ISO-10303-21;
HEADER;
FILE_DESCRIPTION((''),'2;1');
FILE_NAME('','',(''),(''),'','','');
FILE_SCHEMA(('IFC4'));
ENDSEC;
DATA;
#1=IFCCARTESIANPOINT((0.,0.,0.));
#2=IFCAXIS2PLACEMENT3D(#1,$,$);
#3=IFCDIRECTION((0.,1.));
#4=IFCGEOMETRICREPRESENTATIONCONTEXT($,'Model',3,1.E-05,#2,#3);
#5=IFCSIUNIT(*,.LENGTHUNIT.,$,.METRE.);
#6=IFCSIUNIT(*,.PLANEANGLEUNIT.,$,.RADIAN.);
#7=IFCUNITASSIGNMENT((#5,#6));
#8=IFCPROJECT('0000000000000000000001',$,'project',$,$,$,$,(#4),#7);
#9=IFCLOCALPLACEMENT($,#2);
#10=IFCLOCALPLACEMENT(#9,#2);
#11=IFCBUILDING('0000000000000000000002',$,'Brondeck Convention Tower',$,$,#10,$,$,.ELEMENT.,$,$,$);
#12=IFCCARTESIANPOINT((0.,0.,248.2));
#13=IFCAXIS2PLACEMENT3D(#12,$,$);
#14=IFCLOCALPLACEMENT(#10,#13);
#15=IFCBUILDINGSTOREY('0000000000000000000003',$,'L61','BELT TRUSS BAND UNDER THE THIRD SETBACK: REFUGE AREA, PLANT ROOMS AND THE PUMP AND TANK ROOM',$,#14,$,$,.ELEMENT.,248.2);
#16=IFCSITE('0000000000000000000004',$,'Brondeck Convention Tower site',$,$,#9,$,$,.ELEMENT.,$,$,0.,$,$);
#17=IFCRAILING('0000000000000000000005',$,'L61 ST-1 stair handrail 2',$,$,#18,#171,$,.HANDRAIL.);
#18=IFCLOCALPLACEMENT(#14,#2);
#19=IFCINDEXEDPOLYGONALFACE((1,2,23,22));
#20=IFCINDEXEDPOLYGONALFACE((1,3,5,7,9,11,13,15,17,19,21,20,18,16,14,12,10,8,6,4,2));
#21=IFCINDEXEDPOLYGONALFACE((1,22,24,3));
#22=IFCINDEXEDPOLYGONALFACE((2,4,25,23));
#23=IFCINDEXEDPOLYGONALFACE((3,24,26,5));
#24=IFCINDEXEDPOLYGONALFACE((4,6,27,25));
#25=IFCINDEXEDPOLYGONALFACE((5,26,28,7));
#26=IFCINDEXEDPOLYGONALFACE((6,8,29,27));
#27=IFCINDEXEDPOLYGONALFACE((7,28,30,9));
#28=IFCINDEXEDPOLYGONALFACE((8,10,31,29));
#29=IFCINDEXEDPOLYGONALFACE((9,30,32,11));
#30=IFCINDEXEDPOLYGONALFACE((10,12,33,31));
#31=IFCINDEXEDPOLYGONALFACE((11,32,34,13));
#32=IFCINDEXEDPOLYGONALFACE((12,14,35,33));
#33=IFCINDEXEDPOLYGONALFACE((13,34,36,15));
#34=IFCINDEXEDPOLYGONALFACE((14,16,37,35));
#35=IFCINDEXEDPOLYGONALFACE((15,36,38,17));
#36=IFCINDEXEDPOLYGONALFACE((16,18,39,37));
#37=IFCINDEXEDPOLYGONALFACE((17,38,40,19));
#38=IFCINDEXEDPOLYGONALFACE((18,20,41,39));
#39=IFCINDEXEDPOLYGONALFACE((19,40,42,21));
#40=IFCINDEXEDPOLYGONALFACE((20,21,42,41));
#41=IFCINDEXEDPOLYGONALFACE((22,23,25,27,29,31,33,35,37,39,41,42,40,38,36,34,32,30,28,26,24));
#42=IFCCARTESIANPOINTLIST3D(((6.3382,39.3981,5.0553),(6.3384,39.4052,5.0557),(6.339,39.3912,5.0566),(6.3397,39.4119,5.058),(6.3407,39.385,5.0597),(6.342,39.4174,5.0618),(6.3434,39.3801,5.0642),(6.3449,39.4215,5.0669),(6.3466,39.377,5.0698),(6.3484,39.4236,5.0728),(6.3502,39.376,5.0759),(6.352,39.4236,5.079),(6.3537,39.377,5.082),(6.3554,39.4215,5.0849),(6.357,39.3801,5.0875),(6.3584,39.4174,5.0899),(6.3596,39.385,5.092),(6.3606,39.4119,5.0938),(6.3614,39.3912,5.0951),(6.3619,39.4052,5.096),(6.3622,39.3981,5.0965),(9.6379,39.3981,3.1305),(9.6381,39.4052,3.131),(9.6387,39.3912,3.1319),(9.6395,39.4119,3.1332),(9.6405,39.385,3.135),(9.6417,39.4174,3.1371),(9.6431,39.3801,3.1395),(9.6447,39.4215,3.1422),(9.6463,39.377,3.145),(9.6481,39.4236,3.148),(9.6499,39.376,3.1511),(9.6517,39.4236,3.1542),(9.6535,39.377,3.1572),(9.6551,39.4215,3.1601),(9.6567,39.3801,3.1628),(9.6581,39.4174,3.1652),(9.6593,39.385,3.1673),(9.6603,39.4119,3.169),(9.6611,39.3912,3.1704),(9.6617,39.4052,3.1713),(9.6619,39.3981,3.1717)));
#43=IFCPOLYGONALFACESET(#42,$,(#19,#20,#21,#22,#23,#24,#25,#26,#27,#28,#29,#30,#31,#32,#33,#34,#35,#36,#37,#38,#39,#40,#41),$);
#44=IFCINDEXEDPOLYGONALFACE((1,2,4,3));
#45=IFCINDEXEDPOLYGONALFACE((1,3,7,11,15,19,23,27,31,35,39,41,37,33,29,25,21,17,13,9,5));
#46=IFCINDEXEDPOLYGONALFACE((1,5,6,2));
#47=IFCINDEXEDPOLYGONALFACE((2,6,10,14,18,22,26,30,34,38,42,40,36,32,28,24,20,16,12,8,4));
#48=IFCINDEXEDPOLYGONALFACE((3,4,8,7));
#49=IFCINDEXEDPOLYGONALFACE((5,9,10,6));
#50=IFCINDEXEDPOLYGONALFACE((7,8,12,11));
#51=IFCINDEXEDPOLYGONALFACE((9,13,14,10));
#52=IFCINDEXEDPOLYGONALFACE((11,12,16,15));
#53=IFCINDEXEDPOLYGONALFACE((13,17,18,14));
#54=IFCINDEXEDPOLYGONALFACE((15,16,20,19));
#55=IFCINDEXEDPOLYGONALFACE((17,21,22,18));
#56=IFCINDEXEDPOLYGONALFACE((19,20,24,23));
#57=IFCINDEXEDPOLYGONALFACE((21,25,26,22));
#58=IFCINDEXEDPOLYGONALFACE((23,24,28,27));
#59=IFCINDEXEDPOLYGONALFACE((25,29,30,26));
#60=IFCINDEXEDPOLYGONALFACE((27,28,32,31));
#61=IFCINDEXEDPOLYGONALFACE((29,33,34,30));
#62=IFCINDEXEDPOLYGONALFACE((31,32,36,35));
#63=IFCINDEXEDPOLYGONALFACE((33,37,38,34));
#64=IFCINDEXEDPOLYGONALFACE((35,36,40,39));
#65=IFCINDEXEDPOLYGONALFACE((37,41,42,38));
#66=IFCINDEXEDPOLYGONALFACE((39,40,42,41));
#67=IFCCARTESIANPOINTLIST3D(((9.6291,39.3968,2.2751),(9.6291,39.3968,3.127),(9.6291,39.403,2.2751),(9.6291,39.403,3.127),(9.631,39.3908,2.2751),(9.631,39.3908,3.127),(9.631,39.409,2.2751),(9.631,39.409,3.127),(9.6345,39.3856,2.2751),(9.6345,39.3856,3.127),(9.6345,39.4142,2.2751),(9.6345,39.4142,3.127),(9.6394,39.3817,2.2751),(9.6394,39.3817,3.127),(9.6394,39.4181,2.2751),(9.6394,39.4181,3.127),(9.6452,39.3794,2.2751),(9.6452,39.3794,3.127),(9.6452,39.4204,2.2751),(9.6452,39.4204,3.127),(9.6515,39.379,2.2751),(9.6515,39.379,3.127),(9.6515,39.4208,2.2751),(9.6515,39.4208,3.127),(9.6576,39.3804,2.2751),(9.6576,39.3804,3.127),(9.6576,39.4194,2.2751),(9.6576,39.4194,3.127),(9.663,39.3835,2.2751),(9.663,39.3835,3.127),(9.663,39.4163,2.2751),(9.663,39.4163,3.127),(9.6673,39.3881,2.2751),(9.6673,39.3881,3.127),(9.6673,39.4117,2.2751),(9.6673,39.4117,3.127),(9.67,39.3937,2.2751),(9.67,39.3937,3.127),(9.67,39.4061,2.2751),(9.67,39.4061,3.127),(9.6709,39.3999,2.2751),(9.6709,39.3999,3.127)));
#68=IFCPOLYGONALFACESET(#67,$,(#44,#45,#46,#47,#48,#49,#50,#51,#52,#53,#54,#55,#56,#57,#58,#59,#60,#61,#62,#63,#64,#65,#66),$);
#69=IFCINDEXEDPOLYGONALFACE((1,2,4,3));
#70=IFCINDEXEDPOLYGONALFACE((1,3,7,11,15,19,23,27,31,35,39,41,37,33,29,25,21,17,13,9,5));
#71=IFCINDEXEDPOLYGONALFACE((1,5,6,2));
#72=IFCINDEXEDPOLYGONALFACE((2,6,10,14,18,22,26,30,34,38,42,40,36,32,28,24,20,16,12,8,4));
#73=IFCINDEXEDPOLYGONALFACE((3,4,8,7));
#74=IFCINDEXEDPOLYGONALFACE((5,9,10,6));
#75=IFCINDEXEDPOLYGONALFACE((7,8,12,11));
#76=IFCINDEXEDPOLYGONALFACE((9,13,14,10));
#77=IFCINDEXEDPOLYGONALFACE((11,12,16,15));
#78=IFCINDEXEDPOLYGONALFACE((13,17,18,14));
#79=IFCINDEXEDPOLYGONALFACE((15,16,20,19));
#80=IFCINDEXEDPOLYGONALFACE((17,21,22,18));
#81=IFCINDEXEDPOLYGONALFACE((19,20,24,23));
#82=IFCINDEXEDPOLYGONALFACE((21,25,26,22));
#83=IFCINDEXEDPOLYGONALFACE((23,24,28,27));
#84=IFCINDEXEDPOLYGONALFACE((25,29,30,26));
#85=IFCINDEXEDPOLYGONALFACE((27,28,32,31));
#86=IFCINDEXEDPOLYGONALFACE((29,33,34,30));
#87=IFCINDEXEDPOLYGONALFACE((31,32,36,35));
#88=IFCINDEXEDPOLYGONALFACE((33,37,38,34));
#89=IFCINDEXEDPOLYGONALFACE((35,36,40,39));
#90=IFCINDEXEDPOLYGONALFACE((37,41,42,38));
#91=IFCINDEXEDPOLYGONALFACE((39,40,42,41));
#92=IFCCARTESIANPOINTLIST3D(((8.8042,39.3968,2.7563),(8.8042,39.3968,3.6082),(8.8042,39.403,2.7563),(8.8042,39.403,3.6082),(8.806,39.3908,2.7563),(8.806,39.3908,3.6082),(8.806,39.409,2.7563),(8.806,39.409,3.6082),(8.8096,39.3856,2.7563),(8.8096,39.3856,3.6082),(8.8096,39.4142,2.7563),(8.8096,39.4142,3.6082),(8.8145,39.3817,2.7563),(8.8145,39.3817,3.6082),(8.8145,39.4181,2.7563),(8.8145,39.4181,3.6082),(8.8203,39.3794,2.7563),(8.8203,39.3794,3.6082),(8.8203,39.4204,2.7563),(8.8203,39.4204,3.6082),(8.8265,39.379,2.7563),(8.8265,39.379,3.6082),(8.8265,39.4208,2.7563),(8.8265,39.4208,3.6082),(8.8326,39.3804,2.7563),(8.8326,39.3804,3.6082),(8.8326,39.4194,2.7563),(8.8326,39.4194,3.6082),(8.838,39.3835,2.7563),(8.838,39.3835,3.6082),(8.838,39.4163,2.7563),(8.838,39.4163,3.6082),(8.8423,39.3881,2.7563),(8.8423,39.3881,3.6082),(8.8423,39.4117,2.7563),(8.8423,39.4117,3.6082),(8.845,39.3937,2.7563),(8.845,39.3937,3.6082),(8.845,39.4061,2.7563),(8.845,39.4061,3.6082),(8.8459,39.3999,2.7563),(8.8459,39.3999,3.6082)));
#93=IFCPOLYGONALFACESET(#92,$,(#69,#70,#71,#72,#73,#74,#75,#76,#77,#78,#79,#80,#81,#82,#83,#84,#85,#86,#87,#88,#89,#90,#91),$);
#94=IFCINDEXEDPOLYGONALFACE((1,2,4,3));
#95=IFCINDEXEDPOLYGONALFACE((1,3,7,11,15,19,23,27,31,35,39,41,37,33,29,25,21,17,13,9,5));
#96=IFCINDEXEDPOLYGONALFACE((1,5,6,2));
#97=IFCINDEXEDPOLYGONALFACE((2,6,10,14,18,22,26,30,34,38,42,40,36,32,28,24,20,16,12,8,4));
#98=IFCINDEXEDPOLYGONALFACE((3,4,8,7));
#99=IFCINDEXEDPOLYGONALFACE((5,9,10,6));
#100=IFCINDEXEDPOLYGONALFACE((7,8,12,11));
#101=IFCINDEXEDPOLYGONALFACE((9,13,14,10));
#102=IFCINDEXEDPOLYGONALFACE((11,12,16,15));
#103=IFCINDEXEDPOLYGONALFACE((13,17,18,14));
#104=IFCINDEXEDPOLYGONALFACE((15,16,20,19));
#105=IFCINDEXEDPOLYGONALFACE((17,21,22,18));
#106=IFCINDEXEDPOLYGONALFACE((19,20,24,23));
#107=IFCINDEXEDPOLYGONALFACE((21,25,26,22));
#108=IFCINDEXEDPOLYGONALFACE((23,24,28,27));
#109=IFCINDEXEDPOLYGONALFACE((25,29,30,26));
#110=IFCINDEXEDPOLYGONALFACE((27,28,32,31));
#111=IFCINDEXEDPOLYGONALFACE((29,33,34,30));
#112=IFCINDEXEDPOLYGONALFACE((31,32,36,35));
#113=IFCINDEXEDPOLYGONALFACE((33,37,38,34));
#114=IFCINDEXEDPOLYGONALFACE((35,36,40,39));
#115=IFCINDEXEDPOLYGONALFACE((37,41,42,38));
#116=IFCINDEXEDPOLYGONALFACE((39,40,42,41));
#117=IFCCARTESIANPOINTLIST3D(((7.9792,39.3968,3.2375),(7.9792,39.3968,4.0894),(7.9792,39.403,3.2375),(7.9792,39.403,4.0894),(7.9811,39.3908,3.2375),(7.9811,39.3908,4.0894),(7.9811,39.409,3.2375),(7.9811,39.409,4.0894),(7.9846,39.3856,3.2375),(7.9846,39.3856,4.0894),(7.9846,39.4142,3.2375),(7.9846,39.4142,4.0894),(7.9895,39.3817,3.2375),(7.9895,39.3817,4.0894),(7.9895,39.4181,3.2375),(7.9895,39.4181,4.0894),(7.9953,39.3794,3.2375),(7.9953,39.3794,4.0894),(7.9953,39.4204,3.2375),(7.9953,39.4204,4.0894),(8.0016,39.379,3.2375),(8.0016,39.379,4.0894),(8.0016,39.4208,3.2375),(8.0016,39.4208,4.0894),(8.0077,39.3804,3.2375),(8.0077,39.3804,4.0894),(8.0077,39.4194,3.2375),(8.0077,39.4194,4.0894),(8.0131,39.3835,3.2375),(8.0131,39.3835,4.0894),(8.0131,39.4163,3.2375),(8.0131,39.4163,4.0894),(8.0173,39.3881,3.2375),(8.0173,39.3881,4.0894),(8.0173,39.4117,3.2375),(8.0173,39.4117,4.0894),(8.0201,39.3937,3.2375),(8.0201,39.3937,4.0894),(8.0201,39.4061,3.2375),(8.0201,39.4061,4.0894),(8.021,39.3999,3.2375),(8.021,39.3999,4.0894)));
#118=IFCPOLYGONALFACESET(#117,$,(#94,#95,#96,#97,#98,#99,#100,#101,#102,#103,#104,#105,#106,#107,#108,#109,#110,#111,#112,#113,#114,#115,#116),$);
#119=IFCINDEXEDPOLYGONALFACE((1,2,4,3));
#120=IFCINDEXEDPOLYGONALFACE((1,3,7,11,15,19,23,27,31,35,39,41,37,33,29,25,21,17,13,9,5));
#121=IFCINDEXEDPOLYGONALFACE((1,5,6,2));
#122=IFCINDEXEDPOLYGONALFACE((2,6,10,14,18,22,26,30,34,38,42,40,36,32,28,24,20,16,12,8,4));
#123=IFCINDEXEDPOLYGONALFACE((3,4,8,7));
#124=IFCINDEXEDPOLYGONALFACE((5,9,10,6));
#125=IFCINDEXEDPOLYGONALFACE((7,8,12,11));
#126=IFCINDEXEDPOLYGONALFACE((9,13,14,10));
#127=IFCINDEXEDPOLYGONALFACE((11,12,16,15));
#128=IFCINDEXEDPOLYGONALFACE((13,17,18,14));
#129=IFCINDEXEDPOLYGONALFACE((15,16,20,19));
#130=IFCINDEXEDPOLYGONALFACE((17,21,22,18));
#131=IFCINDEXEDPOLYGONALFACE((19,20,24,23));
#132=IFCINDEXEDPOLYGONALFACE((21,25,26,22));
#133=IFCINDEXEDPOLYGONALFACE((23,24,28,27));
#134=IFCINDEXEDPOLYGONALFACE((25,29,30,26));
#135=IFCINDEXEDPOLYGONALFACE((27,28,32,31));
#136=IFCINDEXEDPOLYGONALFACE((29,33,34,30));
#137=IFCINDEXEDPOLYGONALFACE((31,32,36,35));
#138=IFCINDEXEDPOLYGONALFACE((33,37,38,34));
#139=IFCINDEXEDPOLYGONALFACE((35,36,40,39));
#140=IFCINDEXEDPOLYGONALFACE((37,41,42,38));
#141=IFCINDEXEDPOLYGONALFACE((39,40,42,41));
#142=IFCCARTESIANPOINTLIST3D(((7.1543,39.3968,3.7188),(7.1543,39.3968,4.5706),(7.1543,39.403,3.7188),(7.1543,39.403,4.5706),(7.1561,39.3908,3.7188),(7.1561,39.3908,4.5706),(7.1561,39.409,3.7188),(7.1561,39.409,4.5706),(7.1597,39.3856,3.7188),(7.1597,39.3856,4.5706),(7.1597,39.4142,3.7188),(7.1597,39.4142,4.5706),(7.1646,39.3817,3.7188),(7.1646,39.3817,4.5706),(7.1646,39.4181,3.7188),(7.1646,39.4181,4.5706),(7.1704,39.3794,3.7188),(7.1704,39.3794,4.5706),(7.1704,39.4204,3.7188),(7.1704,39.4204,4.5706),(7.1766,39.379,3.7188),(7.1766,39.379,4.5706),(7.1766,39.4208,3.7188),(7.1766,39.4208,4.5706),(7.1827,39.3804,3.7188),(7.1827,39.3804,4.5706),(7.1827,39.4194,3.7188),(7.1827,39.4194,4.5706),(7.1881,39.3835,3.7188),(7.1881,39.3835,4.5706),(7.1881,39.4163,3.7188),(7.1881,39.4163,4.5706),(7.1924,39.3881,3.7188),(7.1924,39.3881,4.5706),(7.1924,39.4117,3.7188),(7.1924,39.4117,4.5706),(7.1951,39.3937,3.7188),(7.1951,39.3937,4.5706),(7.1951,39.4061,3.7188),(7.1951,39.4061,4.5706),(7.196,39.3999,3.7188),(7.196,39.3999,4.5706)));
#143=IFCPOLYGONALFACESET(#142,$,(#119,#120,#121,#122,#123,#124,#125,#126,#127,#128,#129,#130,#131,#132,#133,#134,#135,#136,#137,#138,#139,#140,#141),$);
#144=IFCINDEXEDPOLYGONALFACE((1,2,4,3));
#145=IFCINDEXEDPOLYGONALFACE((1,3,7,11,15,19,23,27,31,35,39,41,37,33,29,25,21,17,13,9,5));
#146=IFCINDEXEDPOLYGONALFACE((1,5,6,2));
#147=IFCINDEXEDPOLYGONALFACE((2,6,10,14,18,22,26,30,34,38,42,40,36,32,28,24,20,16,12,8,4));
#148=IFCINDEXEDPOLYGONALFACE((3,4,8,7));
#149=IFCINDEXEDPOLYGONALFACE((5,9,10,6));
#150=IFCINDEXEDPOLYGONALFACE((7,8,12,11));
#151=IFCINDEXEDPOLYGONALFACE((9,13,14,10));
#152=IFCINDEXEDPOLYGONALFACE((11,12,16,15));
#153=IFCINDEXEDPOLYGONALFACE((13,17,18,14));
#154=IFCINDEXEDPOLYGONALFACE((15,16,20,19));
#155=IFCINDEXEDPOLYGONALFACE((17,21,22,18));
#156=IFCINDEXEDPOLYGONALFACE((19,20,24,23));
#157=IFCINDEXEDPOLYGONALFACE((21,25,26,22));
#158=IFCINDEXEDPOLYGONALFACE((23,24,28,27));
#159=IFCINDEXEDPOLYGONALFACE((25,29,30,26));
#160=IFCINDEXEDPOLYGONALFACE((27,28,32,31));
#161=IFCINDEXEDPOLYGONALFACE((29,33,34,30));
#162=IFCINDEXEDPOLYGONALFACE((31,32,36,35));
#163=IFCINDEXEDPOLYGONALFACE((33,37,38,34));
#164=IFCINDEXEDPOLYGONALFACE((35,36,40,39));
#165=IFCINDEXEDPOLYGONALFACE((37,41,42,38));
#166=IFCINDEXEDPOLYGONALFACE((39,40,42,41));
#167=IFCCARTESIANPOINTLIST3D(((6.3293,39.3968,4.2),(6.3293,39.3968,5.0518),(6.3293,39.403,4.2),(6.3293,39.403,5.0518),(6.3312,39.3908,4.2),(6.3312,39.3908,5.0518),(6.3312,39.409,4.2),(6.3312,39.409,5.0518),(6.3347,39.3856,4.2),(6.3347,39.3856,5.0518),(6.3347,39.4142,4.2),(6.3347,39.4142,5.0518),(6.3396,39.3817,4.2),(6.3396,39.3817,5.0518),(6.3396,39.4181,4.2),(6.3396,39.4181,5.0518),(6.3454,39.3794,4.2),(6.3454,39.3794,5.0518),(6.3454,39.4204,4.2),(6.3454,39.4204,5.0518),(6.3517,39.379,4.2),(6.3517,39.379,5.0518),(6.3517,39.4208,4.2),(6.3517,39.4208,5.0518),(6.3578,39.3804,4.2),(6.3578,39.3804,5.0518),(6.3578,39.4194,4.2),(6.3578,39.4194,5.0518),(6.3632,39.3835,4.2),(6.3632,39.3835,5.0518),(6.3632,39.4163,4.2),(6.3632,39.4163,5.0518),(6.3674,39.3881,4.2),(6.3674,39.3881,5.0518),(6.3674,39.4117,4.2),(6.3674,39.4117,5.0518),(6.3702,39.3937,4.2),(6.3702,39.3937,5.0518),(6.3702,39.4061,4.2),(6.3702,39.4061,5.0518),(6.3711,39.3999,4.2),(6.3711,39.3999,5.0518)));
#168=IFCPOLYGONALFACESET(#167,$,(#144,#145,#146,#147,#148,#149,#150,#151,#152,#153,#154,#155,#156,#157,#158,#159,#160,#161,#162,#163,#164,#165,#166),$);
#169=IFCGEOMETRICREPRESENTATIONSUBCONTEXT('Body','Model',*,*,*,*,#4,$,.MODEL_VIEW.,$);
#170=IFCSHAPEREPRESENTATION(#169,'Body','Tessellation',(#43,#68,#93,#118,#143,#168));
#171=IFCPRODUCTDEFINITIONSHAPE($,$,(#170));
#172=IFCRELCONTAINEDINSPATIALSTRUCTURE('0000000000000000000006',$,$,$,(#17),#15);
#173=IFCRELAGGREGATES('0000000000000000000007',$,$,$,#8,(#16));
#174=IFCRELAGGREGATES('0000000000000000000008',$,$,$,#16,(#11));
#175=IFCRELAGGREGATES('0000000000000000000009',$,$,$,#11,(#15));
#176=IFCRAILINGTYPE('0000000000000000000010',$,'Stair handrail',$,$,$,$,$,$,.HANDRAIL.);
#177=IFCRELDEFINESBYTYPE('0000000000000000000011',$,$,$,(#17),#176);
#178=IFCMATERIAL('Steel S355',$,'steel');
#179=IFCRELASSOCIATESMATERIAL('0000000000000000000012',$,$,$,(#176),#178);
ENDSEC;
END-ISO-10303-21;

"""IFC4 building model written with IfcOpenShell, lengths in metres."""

from ifc_helpers import new_model, si_unit, direction, frame, origin, origin_2d, place, context, subcontext, project, spatial, circle, extrude, material, type_object, element, save


model = new_model("IFC4")

# Units and contexts
model_context = context("Model", 3, precision=1e-05, world=origin(), true_north=direction((0.0, 1.0)))
body_context = subcontext(model_context, "Body", "Model", "MODEL_VIEW")
ifc_project = project(units=[si_unit("LENGTHUNIT", "METRE"), si_unit("PLANEANGLEUNIT", "RADIAN")], contexts=[model_context])

# Site, building, storey
site_placement = place(None, origin())
site = spatial("IfcSite", under=ifc_project, at=site_placement, Name="Brondeck Convention Tower site", CompositionType="ELEMENT", RefElevation=0.0)
building_placement = place(site_placement, origin())
building = spatial("IfcBuilding", under=site, at=building_placement, Name="Brondeck Convention Tower", CompositionType="ELEMENT")
storey_placement = place(building_placement, frame((0.0, 0.0, 248.2)))
storey = spatial("IfcBuildingStorey", under=building, at=storey_placement, Name="L61", Description="BELT TRUSS BAND UNDER THE THIRD SETBACK: REFUGE AREA, PLANT ROOMS AND THE PUMP AND TANK ROOM", CompositionType="ELEMENT", Elevation=248.2)

# Railing
ifc_material_1 = material(Name="Steel S355", Category="steel")
railing_type_1 = type_object("IfcRailingType", Name="Stair handrail", PredefinedType="HANDRAIL", material=ifc_material_1)
railing_1_placement = place(storey_placement, frame((9.6499, 39.3999, 2.2751)))
element("IfcRailing", 1, at=railing_1_placement, inside=storey, type_object=railing_type_1, Name="L61 ST-1 stair handrail 2", PredefinedType="HANDRAIL", context=body_context, shape_type="SweptSolid", body=[
    extrude(circle(Radius=0.0239, at=origin_2d()), frame((0.0, 0.0, 0.876), z_axis=(-0.863788, 0.0, 0.503855), x_axis=(0.0, -1.0, 0.0)), (0.0, 0.0, 1.0), 3.8201),
    extrude(circle(Radius=0.021, at=origin_2d()), origin(), (0.0, 0.0, 1.0), 0.8518),
    extrude(circle(Radius=0.021, at=origin_2d()), frame((-0.825, 0.0, 0.4812)), (0.0, 0.0, 1.0), 0.8518),
    extrude(circle(Radius=0.021, at=origin_2d()), frame((-1.6499, 0.0, 0.9624)), (0.0, 0.0, 1.0), 0.8518),
    extrude(circle(Radius=0.021, at=origin_2d()), frame((-2.4749, 0.0, 1.4436)), (0.0, 0.0, 1.0), 0.8518),
    extrude(circle(Radius=0.021, at=origin_2d()), frame((-3.2998, 0.0, 1.9248)), (0.0, 0.0, 1.0), 0.8518),
])

save(model, "model.ifc")
